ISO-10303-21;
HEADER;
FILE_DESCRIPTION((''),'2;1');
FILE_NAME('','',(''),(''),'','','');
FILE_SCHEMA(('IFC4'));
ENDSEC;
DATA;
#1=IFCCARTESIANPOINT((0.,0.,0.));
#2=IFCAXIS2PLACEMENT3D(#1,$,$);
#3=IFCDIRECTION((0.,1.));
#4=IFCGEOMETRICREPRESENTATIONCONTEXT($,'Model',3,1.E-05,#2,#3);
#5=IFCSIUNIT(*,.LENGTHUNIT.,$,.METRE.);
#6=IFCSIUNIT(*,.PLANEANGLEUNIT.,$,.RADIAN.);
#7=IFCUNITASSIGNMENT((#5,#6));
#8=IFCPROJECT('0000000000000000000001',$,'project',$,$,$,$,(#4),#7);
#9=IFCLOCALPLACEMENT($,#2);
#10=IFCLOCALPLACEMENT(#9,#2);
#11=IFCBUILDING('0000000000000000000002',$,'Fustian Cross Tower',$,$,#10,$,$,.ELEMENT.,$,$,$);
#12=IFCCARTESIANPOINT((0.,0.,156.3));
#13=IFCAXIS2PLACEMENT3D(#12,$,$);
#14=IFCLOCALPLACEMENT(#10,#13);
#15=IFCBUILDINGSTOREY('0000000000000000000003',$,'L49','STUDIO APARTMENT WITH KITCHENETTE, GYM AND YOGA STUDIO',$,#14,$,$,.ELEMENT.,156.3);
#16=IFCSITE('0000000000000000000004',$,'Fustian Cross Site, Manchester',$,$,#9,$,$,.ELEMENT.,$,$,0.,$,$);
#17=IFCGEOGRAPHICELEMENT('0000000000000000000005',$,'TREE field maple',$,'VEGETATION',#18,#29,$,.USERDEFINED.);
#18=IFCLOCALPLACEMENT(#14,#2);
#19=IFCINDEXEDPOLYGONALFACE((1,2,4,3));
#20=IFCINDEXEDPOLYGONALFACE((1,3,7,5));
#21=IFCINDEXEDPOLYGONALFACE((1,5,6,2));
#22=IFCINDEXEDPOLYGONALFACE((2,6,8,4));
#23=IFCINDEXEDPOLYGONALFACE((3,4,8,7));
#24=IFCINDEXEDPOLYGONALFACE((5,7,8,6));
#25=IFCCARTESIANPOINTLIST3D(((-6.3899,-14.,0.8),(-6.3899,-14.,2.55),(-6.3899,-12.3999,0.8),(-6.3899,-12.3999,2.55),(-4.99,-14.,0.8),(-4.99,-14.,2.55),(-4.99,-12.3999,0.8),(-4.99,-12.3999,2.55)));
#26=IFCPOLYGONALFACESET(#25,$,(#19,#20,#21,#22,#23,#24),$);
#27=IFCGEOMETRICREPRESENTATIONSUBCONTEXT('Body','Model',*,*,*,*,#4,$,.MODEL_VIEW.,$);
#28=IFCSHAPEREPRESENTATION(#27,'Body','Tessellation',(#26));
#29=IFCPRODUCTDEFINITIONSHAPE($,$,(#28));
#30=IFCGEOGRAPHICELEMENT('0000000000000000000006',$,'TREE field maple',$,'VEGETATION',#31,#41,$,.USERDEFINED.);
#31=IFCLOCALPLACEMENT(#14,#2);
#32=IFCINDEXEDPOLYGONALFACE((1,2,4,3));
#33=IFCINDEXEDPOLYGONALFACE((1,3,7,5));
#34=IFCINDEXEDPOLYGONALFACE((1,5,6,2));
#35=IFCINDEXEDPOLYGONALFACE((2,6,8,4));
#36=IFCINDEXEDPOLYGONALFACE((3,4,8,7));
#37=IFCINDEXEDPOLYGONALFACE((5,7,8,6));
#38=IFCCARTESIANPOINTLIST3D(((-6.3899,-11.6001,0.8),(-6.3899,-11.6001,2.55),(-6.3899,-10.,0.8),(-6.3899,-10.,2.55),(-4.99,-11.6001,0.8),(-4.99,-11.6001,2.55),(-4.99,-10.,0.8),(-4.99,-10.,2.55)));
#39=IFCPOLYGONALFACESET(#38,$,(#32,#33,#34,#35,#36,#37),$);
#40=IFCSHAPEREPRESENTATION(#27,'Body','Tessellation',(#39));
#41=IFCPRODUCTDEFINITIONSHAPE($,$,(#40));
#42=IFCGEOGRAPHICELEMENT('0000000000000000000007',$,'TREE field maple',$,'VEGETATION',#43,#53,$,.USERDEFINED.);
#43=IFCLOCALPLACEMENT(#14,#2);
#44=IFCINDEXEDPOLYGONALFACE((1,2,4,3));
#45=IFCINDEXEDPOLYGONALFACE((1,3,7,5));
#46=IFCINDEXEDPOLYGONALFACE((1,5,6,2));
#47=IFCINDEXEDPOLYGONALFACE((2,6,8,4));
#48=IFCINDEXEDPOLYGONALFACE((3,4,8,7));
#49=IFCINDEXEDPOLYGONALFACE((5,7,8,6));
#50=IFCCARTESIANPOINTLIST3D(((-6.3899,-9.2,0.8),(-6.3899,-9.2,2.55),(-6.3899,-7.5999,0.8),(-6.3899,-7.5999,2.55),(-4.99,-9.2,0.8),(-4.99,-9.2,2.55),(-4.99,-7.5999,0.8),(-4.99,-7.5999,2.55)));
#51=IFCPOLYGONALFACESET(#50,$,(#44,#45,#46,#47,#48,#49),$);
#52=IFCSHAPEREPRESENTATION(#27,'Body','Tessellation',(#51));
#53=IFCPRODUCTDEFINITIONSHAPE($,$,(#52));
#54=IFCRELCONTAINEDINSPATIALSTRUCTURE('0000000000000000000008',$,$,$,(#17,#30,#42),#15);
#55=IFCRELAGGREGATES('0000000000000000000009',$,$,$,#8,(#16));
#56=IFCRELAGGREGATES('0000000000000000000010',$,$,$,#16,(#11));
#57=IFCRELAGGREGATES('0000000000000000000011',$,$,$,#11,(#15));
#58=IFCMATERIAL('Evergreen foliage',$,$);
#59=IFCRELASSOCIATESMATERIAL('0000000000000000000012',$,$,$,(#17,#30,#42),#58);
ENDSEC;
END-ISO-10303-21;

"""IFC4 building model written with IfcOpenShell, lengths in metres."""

from ifc_helpers import new_model, si_unit, direction, frame, origin, origin_2d, place, context, subcontext, project, spatial, rectangle, extrude, material, element, save


model = new_model("IFC4")

# Units and contexts
model_context = context("Model", 3, precision=1e-05, world=origin(), true_north=direction((0.0, 1.0)))
body_context = subcontext(model_context, "Body", "Model", "MODEL_VIEW")
ifc_project = project(units=[si_unit("LENGTHUNIT", "METRE"), si_unit("PLANEANGLEUNIT", "RADIAN")], contexts=[model_context])

# Site, building, storey
site_placement = place(None, origin())
site = spatial("IfcSite", under=ifc_project, at=site_placement, Name="Fustian Cross Site, Manchester", CompositionType="ELEMENT", RefElevation=0.0)
building_placement = place(site_placement, origin())
building = spatial("IfcBuilding", under=site, at=building_placement, Name="Fustian Cross Tower", CompositionType="ELEMENT")
storey_placement = place(building_placement, frame((0.0, 0.0, 156.3)))
storey = spatial("IfcBuildingStorey", under=building, at=storey_placement, Name="L49", Description="STUDIO APARTMENT WITH KITCHENETTE, GYM AND YOGA STUDIO", CompositionType="ELEMENT", Elevation=156.3)

# Geographic elements
ifc_material_1 = material(Name="Evergreen foliage")
for number, where, z_axis, x_axis, name in (
    (1, (-5.6899, -13.2, 0.8), (0.0, 0.0, 1.0), (1.0, 0.0, 0.0), "TREE field maple"),
    (2, (-5.6899, -10.8, 0.8), (0.0, 0.0, 1.0), (1.0, 0.0, 0.0), "TREE field maple"),
    (3, (-5.6899, -8.3999, 0.8), (0.0, 0.0, 1.0), (1.0, 0.0, 0.0), "TREE field maple"),
):
    element("IfcGeographicElement", number, at=place(storey_placement, frame(where, z_axis=z_axis, x_axis=x_axis)), inside=storey, material=ifc_material_1, Name=name, ObjectType="VEGETATION", PredefinedType="USERDEFINED", context=body_context, shape_type="SweptSolid", body=[
        extrude(rectangle(XDim=1.3999, YDim=1.6001, at=origin_2d()), origin(), (0.0, 0.0, 1.0), 1.75),
    ])

save(model, "model.ifc")
